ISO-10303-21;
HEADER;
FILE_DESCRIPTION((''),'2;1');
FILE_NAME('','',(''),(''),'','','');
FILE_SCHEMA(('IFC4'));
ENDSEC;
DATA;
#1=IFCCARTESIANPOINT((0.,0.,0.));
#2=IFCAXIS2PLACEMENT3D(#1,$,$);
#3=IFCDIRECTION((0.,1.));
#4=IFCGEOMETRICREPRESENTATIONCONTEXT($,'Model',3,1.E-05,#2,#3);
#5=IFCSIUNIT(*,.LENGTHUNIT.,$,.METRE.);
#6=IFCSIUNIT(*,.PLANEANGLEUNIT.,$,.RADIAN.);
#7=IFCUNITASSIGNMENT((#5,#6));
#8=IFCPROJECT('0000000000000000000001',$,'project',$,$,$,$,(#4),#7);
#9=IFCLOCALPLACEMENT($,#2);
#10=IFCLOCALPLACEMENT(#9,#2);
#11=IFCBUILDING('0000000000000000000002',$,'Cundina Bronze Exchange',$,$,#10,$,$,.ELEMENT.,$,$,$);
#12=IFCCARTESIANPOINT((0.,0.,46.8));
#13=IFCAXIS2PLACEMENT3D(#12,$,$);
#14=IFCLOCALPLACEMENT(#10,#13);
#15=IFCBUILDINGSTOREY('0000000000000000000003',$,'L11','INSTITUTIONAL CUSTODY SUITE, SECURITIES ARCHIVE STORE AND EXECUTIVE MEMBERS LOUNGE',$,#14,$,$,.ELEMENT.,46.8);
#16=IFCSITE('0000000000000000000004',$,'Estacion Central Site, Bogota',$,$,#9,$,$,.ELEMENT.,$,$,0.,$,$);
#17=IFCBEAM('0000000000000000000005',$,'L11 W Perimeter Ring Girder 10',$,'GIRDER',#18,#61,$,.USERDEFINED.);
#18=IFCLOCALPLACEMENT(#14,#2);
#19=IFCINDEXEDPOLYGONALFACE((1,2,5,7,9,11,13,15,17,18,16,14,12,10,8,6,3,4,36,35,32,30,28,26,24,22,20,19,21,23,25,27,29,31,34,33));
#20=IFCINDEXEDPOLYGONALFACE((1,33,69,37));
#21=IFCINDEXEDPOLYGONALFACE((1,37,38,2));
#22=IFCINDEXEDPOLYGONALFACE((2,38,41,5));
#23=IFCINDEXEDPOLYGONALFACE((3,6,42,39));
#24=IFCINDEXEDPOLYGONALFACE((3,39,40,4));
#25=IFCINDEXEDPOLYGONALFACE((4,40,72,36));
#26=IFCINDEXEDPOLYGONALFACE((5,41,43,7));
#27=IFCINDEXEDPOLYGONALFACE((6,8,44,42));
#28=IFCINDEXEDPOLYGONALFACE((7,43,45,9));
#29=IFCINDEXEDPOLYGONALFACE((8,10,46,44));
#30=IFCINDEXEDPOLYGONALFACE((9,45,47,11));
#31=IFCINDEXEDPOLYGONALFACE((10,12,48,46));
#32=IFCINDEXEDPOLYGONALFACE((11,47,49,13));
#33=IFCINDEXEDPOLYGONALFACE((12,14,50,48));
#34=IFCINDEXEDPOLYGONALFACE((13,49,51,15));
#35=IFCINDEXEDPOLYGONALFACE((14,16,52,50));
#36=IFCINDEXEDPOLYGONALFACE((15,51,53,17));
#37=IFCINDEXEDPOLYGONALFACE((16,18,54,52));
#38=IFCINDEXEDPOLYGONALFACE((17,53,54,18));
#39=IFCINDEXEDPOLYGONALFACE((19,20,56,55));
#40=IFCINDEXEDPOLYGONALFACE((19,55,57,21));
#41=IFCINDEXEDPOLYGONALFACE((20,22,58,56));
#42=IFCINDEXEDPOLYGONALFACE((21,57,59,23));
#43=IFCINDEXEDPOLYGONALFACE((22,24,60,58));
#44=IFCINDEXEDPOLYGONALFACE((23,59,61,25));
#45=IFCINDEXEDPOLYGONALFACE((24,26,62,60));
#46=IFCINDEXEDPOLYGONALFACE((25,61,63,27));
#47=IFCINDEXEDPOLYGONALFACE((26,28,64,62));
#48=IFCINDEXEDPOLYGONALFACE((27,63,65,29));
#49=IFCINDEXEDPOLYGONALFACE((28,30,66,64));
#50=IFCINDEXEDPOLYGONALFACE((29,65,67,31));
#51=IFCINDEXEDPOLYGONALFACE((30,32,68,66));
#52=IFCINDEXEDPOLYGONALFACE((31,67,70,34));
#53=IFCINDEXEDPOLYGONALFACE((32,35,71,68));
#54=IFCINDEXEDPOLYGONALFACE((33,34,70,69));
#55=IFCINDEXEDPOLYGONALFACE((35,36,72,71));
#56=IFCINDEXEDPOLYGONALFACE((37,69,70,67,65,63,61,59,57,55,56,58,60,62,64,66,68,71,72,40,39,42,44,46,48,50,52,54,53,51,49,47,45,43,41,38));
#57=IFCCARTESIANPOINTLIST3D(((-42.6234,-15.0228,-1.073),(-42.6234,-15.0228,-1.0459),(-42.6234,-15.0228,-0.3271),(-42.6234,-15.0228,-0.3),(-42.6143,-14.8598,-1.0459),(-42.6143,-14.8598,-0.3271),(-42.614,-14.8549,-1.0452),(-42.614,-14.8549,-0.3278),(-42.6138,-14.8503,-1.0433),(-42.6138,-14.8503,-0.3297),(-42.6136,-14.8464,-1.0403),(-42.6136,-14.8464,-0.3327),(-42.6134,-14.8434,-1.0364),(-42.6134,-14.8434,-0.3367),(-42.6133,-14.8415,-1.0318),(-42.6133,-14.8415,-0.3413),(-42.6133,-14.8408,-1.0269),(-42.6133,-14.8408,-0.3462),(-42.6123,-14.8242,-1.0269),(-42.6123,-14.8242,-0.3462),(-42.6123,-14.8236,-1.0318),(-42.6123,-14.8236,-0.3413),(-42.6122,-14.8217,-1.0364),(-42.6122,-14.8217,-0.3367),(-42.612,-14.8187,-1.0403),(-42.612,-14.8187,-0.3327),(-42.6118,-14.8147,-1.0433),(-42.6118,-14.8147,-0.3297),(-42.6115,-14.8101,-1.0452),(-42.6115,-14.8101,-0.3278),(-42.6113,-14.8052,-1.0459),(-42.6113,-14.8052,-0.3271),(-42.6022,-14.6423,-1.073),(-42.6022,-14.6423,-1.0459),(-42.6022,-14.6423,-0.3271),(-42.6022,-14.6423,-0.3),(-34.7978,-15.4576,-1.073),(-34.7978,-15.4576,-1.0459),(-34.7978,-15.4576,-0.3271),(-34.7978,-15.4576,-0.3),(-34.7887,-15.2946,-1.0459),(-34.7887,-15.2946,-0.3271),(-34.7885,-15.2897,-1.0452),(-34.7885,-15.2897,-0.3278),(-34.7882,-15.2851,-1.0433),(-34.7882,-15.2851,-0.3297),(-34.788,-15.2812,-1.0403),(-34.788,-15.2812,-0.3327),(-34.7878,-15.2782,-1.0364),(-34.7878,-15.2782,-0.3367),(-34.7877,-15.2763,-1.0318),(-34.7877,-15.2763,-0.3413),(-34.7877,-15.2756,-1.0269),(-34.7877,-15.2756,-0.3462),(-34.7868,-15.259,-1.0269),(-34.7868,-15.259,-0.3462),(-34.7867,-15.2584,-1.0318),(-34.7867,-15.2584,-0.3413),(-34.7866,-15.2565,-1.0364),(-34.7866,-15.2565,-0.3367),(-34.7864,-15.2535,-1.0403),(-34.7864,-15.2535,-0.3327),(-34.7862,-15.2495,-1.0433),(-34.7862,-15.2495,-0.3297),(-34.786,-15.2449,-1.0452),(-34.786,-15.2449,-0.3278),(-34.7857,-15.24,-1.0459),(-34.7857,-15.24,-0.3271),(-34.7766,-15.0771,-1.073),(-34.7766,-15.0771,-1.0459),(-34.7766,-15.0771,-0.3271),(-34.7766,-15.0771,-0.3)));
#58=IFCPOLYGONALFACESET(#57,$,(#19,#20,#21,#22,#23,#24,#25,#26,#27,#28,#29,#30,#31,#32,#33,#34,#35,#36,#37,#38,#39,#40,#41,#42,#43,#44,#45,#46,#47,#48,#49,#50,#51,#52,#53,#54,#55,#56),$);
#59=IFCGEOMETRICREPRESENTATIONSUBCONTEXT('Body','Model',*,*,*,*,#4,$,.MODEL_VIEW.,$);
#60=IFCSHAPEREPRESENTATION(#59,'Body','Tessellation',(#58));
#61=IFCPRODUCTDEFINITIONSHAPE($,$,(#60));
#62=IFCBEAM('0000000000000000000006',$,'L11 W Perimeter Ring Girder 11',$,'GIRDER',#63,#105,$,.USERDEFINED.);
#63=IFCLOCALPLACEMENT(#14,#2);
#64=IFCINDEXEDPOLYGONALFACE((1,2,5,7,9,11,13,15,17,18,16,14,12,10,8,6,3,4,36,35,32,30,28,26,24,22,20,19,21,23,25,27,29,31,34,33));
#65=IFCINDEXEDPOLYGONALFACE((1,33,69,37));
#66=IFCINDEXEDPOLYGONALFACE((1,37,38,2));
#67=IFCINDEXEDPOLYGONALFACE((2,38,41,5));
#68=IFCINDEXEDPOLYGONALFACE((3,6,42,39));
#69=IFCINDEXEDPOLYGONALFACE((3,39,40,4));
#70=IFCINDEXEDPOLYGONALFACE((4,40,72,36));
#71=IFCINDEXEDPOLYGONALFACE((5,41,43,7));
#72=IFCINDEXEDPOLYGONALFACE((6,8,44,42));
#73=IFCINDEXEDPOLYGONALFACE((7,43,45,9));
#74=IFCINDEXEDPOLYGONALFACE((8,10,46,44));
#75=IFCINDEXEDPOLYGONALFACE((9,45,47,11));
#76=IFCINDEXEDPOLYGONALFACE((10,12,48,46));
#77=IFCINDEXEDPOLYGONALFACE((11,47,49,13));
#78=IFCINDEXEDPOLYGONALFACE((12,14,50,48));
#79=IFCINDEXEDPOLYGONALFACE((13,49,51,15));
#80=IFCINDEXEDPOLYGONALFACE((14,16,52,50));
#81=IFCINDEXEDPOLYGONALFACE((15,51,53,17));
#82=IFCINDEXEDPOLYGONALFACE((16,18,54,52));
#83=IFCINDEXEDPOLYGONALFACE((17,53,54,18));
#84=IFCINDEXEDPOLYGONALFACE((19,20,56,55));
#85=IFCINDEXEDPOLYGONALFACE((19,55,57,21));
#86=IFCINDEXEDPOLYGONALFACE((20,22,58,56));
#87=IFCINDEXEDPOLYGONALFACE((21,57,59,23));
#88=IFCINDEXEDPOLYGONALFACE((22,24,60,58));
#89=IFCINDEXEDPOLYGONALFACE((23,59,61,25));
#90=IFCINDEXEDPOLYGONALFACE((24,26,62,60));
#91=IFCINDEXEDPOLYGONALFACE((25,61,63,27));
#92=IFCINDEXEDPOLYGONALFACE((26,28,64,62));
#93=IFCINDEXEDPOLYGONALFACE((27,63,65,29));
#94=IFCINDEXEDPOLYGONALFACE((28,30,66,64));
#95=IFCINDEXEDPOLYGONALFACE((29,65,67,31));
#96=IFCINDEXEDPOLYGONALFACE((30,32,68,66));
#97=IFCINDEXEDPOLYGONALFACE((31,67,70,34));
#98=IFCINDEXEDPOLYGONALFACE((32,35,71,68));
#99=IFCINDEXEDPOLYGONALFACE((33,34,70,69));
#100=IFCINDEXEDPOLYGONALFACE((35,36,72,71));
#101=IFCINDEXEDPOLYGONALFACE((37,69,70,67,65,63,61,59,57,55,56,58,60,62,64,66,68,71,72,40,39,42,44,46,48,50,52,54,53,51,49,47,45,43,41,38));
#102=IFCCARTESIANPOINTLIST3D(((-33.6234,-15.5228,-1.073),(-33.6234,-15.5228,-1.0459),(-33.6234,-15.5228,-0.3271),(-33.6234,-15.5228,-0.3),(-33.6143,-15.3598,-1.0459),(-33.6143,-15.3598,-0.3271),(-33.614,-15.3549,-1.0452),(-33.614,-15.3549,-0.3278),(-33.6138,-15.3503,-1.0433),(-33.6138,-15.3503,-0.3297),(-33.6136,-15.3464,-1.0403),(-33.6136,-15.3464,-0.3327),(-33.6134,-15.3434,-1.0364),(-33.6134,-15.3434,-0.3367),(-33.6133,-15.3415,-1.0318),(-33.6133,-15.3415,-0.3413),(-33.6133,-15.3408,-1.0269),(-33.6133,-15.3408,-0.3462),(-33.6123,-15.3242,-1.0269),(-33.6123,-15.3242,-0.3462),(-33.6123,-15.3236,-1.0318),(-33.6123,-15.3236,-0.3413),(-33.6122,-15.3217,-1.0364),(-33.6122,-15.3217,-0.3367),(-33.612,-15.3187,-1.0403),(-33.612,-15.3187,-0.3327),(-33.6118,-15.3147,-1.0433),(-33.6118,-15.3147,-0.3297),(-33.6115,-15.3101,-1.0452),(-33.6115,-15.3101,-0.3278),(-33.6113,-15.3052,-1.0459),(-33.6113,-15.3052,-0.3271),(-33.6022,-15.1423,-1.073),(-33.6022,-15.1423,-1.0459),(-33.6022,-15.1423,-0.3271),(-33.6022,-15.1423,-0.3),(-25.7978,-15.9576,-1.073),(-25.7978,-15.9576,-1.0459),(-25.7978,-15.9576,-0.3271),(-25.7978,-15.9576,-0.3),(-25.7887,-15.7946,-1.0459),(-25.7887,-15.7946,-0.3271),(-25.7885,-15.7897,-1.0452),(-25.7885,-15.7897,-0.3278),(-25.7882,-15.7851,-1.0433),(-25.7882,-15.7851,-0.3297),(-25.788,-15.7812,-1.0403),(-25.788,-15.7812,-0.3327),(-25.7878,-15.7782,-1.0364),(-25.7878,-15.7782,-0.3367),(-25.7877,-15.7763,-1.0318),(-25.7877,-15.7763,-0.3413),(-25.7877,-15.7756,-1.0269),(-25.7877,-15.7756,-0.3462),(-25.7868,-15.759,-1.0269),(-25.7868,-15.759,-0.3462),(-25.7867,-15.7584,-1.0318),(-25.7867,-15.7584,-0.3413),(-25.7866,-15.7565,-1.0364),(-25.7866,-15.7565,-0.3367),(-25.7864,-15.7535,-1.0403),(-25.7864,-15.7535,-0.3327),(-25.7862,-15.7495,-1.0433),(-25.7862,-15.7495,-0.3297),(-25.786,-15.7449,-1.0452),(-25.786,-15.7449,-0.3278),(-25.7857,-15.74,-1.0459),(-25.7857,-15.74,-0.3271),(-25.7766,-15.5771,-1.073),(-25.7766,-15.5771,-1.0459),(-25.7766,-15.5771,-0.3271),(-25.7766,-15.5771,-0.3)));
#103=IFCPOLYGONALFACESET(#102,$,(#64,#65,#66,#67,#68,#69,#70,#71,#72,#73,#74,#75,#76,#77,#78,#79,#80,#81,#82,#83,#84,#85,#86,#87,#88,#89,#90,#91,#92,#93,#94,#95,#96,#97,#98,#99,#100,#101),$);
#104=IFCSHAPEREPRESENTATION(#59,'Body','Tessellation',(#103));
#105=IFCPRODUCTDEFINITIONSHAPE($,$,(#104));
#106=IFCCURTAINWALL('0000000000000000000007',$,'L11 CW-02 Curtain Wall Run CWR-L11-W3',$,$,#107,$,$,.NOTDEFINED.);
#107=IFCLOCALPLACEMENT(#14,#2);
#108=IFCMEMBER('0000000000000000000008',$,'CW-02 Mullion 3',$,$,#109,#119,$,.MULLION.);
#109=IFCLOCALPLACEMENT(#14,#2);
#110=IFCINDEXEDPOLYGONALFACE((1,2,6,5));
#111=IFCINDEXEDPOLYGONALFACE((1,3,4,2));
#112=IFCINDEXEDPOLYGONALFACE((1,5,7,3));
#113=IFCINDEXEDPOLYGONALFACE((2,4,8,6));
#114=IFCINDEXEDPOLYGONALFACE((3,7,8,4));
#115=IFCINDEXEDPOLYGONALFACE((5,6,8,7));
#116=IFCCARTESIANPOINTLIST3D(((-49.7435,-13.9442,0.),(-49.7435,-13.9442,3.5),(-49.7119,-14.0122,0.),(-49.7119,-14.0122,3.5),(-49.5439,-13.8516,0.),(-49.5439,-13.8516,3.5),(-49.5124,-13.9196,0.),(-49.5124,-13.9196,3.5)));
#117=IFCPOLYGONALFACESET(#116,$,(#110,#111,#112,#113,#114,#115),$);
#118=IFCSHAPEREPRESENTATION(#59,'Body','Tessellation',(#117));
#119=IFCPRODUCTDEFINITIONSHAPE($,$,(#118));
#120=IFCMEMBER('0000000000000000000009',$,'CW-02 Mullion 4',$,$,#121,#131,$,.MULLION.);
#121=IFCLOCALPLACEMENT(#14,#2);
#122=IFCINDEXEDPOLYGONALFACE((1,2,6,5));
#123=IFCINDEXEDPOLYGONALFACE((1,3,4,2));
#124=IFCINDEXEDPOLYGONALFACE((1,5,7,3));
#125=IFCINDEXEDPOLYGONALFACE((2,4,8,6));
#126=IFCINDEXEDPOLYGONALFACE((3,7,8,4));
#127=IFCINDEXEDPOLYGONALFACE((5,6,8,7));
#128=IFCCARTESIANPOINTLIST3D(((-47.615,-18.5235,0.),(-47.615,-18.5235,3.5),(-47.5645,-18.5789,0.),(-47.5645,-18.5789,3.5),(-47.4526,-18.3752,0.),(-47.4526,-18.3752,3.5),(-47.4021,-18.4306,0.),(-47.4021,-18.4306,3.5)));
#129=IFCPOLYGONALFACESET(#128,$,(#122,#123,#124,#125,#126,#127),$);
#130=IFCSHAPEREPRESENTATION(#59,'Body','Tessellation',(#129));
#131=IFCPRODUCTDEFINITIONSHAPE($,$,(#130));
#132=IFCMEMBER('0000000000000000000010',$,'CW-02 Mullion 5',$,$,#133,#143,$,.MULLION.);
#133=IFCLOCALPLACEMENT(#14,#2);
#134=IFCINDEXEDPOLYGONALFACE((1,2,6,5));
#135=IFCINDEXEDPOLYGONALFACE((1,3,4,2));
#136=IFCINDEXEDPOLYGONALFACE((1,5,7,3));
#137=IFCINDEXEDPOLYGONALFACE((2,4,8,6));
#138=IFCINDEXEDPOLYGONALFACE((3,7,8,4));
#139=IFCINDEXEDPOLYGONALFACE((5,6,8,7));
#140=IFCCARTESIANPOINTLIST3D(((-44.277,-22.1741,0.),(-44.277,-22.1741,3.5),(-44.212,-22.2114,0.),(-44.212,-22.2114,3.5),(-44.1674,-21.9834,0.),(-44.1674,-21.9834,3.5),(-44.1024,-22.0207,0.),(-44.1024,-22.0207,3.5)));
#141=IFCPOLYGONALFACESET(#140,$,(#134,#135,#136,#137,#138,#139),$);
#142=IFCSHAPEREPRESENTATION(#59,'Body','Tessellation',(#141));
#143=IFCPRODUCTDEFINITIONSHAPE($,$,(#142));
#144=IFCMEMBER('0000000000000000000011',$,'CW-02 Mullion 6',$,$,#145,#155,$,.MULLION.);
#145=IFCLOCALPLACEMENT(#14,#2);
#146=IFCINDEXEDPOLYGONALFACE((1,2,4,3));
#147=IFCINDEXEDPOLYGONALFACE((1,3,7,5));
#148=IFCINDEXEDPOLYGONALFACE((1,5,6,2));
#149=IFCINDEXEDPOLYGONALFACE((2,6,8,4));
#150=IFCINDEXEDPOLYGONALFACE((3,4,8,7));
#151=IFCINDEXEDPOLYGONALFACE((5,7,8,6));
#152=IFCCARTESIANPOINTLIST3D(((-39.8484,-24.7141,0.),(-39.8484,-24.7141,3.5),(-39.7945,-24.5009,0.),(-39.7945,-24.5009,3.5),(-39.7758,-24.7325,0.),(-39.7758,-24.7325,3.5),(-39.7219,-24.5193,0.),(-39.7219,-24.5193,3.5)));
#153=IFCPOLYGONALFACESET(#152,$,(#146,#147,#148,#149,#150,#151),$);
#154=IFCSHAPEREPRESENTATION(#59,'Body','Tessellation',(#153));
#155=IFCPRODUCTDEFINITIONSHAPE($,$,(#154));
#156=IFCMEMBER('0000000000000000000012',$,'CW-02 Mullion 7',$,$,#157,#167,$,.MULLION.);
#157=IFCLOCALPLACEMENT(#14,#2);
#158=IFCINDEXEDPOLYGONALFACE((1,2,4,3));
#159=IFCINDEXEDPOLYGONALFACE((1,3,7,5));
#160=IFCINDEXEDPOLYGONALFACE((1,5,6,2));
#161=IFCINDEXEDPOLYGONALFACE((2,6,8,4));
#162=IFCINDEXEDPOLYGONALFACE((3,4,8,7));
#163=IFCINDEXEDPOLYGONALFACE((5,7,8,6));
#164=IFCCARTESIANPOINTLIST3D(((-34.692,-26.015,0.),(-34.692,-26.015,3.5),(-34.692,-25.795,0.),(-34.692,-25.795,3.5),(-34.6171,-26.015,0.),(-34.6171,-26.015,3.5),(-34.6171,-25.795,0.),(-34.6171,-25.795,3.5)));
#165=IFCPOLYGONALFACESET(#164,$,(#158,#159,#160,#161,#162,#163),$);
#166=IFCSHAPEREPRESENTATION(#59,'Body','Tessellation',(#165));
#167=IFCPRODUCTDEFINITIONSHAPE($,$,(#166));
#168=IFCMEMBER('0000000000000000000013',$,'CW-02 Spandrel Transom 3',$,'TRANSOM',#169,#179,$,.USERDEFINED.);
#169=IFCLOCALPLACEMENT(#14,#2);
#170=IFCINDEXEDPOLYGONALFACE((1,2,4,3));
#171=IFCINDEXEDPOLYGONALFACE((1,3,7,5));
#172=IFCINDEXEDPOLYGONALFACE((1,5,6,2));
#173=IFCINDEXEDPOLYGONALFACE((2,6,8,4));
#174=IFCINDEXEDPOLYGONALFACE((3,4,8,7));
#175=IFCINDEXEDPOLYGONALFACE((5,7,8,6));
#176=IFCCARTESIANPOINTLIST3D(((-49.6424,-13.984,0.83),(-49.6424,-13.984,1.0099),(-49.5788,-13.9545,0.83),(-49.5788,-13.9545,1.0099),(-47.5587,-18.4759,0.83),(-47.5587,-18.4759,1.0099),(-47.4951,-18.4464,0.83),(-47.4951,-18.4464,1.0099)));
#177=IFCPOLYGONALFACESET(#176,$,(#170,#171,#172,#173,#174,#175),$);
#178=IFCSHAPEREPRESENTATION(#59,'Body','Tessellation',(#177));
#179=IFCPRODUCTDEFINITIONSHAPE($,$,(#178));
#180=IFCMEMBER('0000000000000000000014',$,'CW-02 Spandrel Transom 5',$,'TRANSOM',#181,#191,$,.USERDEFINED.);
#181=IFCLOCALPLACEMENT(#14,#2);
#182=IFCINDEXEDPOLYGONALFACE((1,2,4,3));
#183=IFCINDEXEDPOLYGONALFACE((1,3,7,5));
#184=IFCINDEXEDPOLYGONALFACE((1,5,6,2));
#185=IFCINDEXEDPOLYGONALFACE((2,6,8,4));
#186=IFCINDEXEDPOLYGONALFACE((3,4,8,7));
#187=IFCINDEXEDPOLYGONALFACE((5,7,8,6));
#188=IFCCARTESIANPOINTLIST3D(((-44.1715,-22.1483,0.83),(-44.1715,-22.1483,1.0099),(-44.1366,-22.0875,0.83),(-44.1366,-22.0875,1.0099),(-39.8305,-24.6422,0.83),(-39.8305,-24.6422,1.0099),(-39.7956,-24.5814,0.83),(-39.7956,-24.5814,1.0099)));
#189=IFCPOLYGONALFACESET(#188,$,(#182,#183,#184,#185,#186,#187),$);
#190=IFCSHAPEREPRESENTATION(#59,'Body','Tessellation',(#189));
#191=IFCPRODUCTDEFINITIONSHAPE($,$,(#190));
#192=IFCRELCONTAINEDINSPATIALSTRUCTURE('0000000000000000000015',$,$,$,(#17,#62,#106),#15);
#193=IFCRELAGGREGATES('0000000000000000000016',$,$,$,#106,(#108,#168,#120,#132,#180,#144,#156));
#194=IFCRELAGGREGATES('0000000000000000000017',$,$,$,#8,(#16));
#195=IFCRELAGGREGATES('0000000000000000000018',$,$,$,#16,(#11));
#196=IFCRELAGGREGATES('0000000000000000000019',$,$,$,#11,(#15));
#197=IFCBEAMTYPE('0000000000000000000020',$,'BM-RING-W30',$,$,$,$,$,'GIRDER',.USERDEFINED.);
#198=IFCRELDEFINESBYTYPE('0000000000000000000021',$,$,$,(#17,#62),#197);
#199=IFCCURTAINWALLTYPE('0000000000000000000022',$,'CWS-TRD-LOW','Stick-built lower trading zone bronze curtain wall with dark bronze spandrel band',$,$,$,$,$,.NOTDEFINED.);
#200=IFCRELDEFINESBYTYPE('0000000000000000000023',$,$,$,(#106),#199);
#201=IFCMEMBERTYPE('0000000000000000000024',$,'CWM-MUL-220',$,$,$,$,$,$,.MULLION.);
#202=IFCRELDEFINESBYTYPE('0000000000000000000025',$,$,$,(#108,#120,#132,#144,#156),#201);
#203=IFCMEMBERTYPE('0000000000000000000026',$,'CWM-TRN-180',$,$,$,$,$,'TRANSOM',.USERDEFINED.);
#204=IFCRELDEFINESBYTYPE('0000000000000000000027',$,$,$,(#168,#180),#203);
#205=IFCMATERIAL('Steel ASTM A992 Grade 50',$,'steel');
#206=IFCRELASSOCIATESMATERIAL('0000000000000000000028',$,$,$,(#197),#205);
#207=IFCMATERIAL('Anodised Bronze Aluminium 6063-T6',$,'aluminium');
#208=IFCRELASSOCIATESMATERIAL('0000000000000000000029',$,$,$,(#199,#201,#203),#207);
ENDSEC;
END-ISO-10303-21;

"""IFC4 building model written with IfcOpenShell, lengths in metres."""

from ifc_helpers import new_model, si_unit, direction, frame, origin, origin_2d, place, context, subcontext, project, spatial, rectangle, i_section, extrude, material, material_profile, profile_set, type_object, element, aggregate, save


model = new_model("IFC4")

# Units and contexts
model_context = context("Model", 3, precision=1e-05, world=origin(), true_north=direction((0.0, 1.0)))
body_context = subcontext(model_context, "Body", "Model", "MODEL_VIEW")
ifc_project = project(units=[si_unit("LENGTHUNIT", "METRE"), si_unit("PLANEANGLEUNIT", "RADIAN")], contexts=[model_context])

# Site, building, storey
site_placement = place(None, origin())
site = spatial("IfcSite", under=ifc_project, at=site_placement, Name="Estacion Central Site, Bogota", CompositionType="ELEMENT", RefElevation=0.0)
building_placement = place(site_placement, origin())
building = spatial("IfcBuilding", under=site, at=building_placement, Name="Cundina Bronze Exchange", CompositionType="ELEMENT")
storey_placement = place(building_placement, frame((0.0, 0.0, 46.8)))
storey = spatial("IfcBuildingStorey", under=building, at=storey_placement, Name="L11", Description="INSTITUTIONAL CUSTODY SUITE, SECURITIES ARCHIVE STORE AND EXECUTIVE MEMBERS LOUNGE", CompositionType="ELEMENT", Elevation=46.8)

# Beams
ifc_material_1 = material(Name="Steel ASTM A992 Grade 50", Category="steel")
ifc_material_profile_1 = material_profile(ifc_material_1, i_section(OverallWidth=0.3811, OverallDepth=0.7729, WebThickness=0.0166, FlangeThickness=0.0271, FilletRadius=0.019, at=origin_2d()), Name="W30X173", Category="steel")
ifc_profile_set_1 = profile_set([ifc_material_profile_1], Name="Steel ASTM A992 Grade 50")
beam_type_1 = type_object("IfcBeamType", Name="BM-RING-W30", ElementType="GIRDER", PredefinedType="USERDEFINED", material=ifc_profile_set_1)
for number, where, z_axis, x_axis, name in (
    (1, (-42.6128, -14.8325, -0.6865), (0.99846, -0.055477, 0.0), (0.055477, 0.99846, 0.0), "L11 W Perimeter Ring Girder 10"),
    (2, (-33.6128, -15.3325, -0.6865), (0.99846, -0.055477, 0.0), (0.055477, 0.99846, 0.0), "L11 W Perimeter Ring Girder 11"),
):
    element("IfcBeam", number, at=place(storey_placement, frame(where, z_axis=z_axis, x_axis=x_axis)), inside=storey, type_object=beam_type_1, Name=name, ObjectType="GIRDER", PredefinedType="USERDEFINED", context=body_context, shape_type="SweptSolid", body=[
        extrude(i_section(OverallWidth=0.3811, OverallDepth=0.7729, WebThickness=0.0166, FlangeThickness=0.0271, FilletRadius=0.019, at=origin_2d()), origin(), (0.0, 0.0, 1.0), 7.8376),
    ])

# Curtain wall, members
ifc_material_2 = material(Name="Anodised Bronze Aluminium 6063-T6", Category="aluminium")
curtain_wall_type = type_object("IfcCurtainWallType", Name="CWS-TRD-LOW", Description="Stick-built lower trading zone bronze curtain wall with dark bronze spandrel band", PredefinedType="NOTDEFINED", material=ifc_material_2)
curtain_wall_placement = place(storey_placement, origin())
curtain_wall = element("IfcCurtainWall", 3, at=curtain_wall_placement, inside=storey, type_object=curtain_wall_type, Name="L11 CW-02 Curtain Wall Run CWR-L11-W3", PredefinedType="NOTDEFINED")
ifc_material_profile_2 = material_profile(ifc_material_2, rectangle(XDim=0.075, YDim=0.22, at=origin_2d()), Name="AL75X220", Category="aluminium")
ifc_profile_set_2 = profile_set([ifc_material_profile_2], Name="Anodised Bronze Aluminium 6063-T6")
member_type_1 = type_object("IfcMemberType", Name="CWM-MUL-220", PredefinedType="MULLION", material=ifc_profile_set_2)
member_1_placement = place(storey_placement, frame((-49.6279, -13.9319, 0.0), z_axis=(0.0, 0.0, 1.0), x_axis=(0.420877, -0.907117, 0.0)))
member_1 = element("IfcMember", 4, at=member_1_placement, type_object=member_type_1, Name="CW-02 Mullion 3", PredefinedType="MULLION", context=body_context, shape_type="SweptSolid", body=[
    extrude(rectangle(XDim=0.075, YDim=0.22, at=origin_2d()), origin(), (0.0, 0.0, 1.0), 3.5),
])
member_2_placement = place(storey_placement, frame((-47.5085, -18.4771, 0.0), z_axis=(0.0, 0.0, 1.0), x_axis=(0.674302, -0.738455, 0.0)))
member_2 = element("IfcMember", 5, at=member_2_placement, type_object=member_type_1, Name="CW-02 Mullion 4", PredefinedType="MULLION", context=body_context, shape_type="SweptSolid", body=[
    extrude(rectangle(XDim=0.075, YDim=0.22, at=origin_2d()), origin(), (0.0, 0.0, 1.0), 3.5),
])
member_3_placement = place(storey_placement, frame((-44.1897, -22.0974, 0.0), z_axis=(0.0, 0.0, 1.0), x_axis=(0.867071, -0.498185, 0.0)))
member_3 = element("IfcMember", 6, at=member_3_placement, type_object=member_type_1, Name="CW-02 Mullion 5", PredefinedType="MULLION", context=body_context, shape_type="SweptSolid", body=[
    extrude(rectangle(XDim=0.075, YDim=0.22, at=origin_2d()), origin(), (0.0, 0.0, 1.0), 3.5),
])
member_4_placement = place(storey_placement, frame((-39.7852, -24.6167, 0.0), z_axis=(0.0, 0.0, 1.0), x_axis=(0.969488, -0.245138, 0.0)))
member_4 = element("IfcMember", 7, at=member_4_placement, type_object=member_type_1, Name="CW-02 Mullion 6", PredefinedType="MULLION", context=body_context, shape_type="SweptSolid", body=[
    extrude(rectangle(XDim=0.075, YDim=0.22, at=origin_2d()), origin(), (0.0, 0.0, 1.0), 3.5),
])
member_5_placement = place(storey_placement, frame((-34.6545, -25.905, 0.0), z_axis=(0.0, 0.0, 1.0), x_axis=(1.0, 0.0, 0.0)))
member_5 = element("IfcMember", 8, at=member_5_placement, type_object=member_type_1, Name="CW-02 Mullion 7", PredefinedType="MULLION", context=body_context, shape_type="SweptSolid", body=[
    extrude(rectangle(XDim=0.075, YDim=0.22, at=origin_2d()), origin(), (0.0, 0.0, 1.0), 3.5),
])
ifc_material_profile_3 = material_profile(ifc_material_2, rectangle(XDim=0.0701, YDim=0.1799, at=origin_2d()), Name="AL70X180", Category="aluminium")
ifc_profile_set_3 = profile_set([ifc_material_profile_3], Name="Anodised Bronze Aluminium 6063-T6")
member_type_2 = type_object("IfcMemberType", Name="CWM-TRN-180", ElementType="TRANSOM", PredefinedType="USERDEFINED", material=ifc_profile_set_3)
member_6_placement = place(storey_placement, frame((-49.6106, -13.9692, 0.9199), z_axis=(0.420811, -0.907148, 0.0), x_axis=(0.907148, 0.420811, 0.0)))
member_6 = element("IfcMember", 9, at=member_6_placement, type_object=member_type_2, Name="CW-02 Spandrel Transom 3", ObjectType="TRANSOM", PredefinedType="USERDEFINED", context=body_context, shape_type="SweptSolid", body=[
    extrude(rectangle(XDim=0.0701, YDim=0.1799, at=origin_2d()), origin(), (0.0, 0.0, 1.0), 4.9517),
])
member_7_placement = place(storey_placement, frame((-44.1541, -22.1179, 0.9199), z_axis=(0.867097, -0.498139, 0.0), x_axis=(0.498139, 0.867097, 0.0)))
member_7 = element("IfcMember", 10, at=member_7_placement, type_object=member_type_2, Name="CW-02 Spandrel Transom 5", ObjectType="TRANSOM", PredefinedType="USERDEFINED", context=body_context, shape_type="SweptSolid", body=[
    extrude(rectangle(XDim=0.0701, YDim=0.1799, at=origin_2d()), origin(), (0.0, 0.0, 1.0), 5.0063),
])
aggregate(curtain_wall, [member_1, member_6, member_2, member_3, member_7, member_4, member_5])

save(model, "model.ifc")
